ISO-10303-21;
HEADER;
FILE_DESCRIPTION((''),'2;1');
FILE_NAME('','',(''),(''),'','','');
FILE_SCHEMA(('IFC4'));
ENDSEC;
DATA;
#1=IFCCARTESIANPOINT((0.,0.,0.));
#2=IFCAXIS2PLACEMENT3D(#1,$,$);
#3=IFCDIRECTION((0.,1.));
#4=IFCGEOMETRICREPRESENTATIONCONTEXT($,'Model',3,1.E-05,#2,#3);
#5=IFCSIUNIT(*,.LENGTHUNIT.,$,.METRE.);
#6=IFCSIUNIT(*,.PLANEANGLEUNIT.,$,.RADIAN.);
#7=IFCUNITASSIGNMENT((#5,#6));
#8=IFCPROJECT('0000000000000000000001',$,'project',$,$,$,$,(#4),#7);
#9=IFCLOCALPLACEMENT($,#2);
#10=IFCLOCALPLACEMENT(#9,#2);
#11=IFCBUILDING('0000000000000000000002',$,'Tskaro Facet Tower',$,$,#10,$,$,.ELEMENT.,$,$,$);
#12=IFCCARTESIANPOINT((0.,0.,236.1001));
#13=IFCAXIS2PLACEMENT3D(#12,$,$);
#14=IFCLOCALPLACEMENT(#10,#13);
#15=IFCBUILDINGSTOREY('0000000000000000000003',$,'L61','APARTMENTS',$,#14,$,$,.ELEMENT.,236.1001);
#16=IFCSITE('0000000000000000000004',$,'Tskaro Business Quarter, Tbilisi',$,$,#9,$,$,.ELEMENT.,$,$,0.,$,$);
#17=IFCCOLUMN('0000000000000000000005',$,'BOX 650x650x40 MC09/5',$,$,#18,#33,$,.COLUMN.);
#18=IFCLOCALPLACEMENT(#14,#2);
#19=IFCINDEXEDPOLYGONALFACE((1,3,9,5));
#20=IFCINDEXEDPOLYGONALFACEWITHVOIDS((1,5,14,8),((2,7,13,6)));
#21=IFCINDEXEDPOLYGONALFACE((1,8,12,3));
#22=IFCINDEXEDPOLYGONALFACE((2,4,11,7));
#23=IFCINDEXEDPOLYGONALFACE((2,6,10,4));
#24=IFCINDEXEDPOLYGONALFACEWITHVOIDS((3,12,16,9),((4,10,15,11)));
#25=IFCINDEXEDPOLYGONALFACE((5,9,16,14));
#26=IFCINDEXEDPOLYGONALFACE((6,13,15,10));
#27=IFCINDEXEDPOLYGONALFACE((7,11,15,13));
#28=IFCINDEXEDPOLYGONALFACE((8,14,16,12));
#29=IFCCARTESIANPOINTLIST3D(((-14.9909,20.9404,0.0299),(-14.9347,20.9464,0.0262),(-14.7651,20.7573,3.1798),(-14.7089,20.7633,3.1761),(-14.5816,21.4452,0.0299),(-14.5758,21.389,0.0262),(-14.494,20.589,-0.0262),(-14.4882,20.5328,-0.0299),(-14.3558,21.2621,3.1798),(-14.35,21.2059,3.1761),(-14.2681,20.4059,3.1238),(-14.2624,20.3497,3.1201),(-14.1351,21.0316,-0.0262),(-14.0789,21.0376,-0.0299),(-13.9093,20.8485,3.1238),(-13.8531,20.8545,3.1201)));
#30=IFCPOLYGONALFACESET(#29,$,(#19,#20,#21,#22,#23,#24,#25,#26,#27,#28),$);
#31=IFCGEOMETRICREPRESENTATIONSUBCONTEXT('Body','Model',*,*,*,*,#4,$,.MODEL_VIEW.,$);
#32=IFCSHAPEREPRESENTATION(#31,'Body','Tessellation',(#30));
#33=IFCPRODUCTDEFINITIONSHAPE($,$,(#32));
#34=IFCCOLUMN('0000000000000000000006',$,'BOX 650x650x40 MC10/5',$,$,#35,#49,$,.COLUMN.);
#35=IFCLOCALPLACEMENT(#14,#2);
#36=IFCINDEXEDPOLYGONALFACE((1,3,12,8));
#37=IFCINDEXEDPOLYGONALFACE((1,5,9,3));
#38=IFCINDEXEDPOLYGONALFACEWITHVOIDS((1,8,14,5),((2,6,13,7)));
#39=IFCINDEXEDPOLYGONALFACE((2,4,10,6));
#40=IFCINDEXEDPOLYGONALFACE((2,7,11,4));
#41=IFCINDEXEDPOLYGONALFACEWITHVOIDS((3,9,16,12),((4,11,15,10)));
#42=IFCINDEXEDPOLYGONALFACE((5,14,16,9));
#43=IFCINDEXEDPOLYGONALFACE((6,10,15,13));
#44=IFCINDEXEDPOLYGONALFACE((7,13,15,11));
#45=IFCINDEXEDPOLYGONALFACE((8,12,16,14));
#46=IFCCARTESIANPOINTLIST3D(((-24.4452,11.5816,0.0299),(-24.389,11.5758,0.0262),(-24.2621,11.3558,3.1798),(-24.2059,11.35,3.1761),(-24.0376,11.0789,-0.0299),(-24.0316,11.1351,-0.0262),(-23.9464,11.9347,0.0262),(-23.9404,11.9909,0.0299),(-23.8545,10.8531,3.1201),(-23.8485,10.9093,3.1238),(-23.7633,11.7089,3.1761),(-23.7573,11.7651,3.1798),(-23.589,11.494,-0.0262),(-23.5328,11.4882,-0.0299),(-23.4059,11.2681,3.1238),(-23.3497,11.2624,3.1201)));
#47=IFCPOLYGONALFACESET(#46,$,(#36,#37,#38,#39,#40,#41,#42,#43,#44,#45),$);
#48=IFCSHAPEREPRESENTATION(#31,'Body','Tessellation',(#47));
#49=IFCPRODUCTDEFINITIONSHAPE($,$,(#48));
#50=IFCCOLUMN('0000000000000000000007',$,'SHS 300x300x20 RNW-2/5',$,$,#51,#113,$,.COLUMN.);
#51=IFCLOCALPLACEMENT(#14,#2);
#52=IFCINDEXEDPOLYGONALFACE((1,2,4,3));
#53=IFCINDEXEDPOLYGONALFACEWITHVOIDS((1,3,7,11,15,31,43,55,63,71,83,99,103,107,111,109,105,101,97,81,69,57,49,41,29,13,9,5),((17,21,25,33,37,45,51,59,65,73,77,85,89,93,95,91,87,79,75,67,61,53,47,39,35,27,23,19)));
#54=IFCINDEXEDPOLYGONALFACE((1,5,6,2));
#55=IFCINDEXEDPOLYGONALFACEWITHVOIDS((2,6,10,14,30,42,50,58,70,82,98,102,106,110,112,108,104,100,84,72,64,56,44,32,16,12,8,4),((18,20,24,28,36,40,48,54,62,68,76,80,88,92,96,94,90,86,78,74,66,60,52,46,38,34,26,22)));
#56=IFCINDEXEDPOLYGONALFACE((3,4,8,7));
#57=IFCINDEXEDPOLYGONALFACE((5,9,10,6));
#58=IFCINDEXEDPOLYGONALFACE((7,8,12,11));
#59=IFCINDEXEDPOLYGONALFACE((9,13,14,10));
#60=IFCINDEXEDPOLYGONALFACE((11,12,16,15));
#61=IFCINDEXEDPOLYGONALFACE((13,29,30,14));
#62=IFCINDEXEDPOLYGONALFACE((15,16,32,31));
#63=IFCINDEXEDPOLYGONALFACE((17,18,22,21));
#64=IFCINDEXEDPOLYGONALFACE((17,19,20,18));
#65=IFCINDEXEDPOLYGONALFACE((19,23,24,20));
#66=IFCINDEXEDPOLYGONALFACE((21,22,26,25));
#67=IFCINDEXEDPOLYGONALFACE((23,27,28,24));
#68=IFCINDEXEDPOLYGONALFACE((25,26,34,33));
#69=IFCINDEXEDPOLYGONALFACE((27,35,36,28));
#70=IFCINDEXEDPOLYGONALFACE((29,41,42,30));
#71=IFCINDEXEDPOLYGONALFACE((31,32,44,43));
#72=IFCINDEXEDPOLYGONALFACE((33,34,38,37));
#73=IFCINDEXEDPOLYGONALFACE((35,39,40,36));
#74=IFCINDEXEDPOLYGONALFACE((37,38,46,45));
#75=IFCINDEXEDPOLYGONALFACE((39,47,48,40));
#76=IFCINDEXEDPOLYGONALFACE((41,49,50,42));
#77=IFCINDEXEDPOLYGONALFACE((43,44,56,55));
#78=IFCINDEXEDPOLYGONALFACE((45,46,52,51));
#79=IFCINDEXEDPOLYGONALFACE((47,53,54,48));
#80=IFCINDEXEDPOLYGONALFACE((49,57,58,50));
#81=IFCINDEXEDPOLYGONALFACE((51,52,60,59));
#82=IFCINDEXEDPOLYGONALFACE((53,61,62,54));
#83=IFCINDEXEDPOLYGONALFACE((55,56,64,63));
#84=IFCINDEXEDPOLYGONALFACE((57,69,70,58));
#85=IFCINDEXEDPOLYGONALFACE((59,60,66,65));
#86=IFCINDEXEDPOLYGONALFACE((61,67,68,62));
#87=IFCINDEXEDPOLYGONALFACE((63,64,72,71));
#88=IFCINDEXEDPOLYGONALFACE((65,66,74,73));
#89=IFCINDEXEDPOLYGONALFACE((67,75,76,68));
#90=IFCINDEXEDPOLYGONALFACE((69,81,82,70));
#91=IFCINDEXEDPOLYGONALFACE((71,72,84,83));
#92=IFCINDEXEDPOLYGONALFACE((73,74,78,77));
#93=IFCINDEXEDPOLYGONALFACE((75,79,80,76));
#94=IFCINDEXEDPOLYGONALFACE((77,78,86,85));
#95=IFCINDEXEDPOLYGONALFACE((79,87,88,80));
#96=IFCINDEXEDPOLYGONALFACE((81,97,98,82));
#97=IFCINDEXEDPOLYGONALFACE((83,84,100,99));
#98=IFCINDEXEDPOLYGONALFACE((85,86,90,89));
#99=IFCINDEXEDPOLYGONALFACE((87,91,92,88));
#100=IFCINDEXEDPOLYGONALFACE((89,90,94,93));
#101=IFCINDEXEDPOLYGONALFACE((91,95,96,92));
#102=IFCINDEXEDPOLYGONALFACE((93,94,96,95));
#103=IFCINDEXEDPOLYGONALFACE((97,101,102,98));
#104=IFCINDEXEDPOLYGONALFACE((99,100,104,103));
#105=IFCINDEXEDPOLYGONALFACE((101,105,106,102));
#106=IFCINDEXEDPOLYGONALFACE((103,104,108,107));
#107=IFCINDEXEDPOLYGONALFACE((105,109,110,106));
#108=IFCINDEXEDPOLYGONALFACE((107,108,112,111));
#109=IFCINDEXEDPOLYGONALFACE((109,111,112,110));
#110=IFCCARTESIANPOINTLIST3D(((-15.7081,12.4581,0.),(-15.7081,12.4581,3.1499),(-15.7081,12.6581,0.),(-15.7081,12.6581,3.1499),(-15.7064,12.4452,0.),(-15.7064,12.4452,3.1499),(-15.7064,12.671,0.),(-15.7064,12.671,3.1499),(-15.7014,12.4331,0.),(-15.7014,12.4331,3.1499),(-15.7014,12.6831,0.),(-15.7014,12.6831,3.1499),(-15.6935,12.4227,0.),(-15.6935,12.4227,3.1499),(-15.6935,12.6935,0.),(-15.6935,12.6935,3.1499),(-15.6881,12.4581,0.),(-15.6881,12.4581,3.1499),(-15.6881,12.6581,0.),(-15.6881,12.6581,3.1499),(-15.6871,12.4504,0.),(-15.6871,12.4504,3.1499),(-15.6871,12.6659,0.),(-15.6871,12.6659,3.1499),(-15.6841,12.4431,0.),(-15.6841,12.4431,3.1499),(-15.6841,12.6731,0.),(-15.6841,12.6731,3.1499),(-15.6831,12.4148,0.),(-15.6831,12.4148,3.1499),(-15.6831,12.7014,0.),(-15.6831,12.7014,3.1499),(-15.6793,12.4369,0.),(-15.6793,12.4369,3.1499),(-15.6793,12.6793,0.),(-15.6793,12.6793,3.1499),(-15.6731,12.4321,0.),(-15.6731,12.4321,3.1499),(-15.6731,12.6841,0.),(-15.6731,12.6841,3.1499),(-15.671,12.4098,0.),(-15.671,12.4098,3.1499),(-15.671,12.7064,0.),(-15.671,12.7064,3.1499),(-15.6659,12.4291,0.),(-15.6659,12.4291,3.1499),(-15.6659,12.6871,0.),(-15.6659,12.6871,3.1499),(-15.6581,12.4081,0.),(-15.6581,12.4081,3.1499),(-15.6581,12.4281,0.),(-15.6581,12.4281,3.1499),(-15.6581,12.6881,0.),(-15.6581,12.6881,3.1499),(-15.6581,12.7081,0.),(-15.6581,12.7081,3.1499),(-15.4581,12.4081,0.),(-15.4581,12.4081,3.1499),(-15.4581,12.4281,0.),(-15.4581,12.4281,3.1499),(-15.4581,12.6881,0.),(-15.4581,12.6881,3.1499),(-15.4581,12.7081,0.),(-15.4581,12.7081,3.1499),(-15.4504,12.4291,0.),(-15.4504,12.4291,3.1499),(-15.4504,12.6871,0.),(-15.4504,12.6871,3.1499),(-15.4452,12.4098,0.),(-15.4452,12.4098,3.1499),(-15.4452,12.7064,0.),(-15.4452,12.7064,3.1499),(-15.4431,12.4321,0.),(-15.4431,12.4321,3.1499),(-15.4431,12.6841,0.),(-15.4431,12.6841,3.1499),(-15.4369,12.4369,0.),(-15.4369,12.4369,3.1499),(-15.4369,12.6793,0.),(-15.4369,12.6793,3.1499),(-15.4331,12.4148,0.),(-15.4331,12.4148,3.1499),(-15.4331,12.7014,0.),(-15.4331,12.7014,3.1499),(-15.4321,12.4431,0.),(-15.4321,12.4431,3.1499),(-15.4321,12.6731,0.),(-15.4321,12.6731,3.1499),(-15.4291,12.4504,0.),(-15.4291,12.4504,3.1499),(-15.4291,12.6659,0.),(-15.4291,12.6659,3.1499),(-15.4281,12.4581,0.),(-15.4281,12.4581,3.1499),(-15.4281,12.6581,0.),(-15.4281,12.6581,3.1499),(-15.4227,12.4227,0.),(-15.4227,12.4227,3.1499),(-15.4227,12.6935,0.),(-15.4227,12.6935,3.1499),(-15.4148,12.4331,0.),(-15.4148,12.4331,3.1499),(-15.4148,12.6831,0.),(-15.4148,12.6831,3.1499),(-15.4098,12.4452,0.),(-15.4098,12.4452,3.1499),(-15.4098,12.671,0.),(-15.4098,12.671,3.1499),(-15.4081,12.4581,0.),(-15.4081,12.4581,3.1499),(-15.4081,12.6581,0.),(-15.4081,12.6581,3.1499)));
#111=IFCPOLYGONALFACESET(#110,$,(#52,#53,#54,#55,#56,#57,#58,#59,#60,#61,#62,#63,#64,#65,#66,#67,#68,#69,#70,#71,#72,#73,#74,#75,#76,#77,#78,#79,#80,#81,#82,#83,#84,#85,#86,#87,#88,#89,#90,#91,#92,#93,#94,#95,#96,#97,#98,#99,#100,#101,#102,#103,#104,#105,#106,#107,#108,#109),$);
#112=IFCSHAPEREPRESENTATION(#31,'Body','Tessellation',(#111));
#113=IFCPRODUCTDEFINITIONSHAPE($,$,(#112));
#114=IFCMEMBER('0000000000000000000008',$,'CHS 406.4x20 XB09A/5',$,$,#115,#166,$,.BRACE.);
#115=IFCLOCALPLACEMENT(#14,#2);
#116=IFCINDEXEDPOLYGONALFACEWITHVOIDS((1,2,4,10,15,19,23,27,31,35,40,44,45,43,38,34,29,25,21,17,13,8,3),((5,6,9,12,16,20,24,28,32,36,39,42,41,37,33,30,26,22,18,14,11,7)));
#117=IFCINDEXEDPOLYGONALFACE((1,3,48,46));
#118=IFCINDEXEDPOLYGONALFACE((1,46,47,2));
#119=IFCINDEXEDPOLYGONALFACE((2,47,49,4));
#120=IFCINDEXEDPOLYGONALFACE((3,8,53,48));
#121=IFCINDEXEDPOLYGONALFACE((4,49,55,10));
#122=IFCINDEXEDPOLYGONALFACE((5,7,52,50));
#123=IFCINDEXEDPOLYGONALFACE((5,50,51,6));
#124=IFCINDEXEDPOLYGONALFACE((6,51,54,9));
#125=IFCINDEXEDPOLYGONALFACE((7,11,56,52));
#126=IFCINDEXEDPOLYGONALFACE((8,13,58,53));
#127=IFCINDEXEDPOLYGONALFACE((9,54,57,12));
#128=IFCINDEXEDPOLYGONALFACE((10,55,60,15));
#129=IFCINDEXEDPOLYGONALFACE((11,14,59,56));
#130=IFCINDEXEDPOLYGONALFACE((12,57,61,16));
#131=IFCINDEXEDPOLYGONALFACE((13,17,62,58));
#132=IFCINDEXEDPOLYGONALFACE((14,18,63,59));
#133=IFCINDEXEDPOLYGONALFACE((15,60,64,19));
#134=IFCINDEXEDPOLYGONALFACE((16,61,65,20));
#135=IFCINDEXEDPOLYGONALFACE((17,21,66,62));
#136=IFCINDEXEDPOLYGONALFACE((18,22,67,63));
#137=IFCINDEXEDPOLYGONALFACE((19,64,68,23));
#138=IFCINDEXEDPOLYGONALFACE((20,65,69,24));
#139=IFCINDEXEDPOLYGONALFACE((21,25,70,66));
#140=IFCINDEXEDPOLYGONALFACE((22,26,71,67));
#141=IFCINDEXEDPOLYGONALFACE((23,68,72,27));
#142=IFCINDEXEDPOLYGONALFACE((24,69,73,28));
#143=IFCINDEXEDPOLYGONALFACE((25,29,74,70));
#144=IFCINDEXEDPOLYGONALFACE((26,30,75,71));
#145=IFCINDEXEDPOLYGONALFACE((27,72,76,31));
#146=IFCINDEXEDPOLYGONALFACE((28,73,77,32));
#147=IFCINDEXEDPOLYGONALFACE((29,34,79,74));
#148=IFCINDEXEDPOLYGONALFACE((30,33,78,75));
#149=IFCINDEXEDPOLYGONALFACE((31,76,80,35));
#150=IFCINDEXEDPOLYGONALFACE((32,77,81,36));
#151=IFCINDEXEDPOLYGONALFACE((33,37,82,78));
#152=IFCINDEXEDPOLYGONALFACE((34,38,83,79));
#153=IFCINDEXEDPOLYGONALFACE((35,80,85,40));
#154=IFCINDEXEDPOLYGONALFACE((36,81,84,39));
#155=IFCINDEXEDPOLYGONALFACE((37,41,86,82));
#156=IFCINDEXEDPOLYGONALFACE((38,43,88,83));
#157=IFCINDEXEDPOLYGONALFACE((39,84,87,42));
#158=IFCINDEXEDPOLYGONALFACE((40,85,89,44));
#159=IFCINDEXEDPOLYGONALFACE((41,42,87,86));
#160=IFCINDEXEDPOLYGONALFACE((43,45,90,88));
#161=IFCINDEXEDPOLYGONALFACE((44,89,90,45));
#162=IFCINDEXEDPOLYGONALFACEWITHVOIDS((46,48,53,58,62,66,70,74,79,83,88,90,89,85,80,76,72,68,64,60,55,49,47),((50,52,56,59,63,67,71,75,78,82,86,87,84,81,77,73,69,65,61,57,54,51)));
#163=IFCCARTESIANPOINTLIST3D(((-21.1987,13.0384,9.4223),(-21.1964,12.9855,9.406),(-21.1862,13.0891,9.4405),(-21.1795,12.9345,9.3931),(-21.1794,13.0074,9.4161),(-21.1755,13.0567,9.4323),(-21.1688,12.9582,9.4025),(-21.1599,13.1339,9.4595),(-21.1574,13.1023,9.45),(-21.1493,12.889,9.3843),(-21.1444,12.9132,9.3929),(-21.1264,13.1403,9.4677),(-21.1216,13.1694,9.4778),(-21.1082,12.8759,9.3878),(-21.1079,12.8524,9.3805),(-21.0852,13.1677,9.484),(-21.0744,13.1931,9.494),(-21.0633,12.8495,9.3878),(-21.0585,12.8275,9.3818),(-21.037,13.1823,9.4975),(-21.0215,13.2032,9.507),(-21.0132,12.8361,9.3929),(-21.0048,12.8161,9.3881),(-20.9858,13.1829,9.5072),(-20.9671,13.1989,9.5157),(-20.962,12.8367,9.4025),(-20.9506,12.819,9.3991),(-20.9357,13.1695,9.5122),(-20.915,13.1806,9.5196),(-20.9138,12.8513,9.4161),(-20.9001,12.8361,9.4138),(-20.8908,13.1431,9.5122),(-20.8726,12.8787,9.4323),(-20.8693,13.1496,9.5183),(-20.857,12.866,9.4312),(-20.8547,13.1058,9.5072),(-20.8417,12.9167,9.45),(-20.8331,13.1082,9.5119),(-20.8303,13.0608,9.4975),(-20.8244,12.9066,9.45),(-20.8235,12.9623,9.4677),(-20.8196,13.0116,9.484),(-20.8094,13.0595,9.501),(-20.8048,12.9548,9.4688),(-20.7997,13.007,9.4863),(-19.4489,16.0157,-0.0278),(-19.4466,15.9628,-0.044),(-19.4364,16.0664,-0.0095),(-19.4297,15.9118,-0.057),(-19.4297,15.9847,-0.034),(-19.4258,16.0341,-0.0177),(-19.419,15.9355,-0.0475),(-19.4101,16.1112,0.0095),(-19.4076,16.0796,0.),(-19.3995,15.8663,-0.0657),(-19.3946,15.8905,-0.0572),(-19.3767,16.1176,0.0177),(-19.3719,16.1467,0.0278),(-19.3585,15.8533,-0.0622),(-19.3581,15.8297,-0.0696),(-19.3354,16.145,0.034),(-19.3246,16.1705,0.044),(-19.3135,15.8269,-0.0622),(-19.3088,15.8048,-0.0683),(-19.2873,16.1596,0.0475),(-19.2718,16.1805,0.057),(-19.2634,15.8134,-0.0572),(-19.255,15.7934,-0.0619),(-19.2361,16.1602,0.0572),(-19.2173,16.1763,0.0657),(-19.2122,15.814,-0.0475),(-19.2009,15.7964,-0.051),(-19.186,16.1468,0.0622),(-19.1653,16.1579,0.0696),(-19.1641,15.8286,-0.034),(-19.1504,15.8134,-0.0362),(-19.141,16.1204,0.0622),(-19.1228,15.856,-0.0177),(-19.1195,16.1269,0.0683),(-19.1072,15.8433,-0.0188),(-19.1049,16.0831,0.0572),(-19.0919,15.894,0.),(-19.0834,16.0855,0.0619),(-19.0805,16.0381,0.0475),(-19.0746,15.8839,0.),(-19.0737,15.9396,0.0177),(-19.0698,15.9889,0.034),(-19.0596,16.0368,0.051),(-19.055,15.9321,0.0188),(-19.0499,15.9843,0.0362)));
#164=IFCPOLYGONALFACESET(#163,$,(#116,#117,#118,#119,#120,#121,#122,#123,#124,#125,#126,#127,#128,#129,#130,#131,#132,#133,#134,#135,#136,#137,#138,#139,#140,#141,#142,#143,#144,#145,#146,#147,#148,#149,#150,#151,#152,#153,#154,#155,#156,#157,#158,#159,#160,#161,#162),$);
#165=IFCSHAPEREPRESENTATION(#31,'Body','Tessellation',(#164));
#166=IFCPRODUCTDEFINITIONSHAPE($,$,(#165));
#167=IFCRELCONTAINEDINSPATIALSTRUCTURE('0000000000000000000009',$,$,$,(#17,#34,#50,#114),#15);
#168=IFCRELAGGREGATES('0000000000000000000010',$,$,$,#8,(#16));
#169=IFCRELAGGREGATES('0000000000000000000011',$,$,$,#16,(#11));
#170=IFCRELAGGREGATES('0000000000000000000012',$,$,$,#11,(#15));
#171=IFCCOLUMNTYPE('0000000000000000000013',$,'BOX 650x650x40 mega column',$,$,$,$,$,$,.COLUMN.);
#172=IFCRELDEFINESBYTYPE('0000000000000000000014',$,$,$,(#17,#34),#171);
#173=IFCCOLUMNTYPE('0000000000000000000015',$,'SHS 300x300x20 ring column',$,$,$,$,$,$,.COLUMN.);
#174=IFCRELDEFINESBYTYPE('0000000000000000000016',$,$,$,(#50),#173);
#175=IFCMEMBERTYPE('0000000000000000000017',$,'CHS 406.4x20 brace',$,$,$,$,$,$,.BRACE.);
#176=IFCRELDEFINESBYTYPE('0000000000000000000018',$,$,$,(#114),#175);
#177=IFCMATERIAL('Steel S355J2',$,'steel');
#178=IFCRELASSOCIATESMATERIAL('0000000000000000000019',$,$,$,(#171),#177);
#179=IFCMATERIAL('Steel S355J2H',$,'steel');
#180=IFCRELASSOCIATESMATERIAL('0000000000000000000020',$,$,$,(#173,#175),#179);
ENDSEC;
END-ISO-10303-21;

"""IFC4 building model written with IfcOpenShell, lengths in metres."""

from ifc_helpers import new_model, si_unit, direction, frame, origin, origin_2d, place, context, subcontext, project, spatial, hollow_rectangle, hollow_circle, extrude, material, material_profile, profile_set, type_object, element, save


model = new_model("IFC4")

# Units and contexts
model_context = context("Model", 3, precision=1e-05, world=origin(), true_north=direction((0.0, 1.0)))
body_context = subcontext(model_context, "Body", "Model", "MODEL_VIEW")
ifc_project = project(units=[si_unit("LENGTHUNIT", "METRE"), si_unit("PLANEANGLEUNIT", "RADIAN")], contexts=[model_context])

# Site, building, storey
site_placement = place(None, origin())
site = spatial("IfcSite", under=ifc_project, at=site_placement, Name="Tskaro Business Quarter, Tbilisi", CompositionType="ELEMENT", RefElevation=0.0)
building_placement = place(site_placement, origin())
building = spatial("IfcBuilding", under=site, at=building_placement, Name="Tskaro Facet Tower", CompositionType="ELEMENT")
storey_placement = place(building_placement, frame((0.0, 0.0, 236.1001)))
storey = spatial("IfcBuildingStorey", under=building, at=storey_placement, Name="L61", Description="APARTMENTS", CompositionType="ELEMENT", Elevation=236.1001)

# Columns
ifc_material_1 = material(Name="Steel S355J2", Category="steel")
ifc_material_profile_1 = material_profile(ifc_material_1, hollow_rectangle(XDim=0.6499, YDim=0.6499, WallThickness=0.04, at=origin_2d()), Name="BOX 650x650x40")
ifc_profile_set_1 = profile_set([ifc_material_profile_1], Name="Steel S355J2")
column_type_1 = type_object("IfcColumnType", Name="BOX 650x650x40 mega column", PredefinedType="COLUMN", material=ifc_profile_set_1)
for number, where, z_axis, x_axis, name in (
    (1, (-14.5349, 20.989, 0.0), (0.071391, -0.057884, 0.995767), (0.629802, 0.776756, 0.0), "BOX 650x650x40 MC09/5"),
    (2, (-23.989, 11.5349, 0.0), (0.057884, -0.071391, 0.995767), (0.776756, 0.629802, 0.0), "BOX 650x650x40 MC10/5"),
):
    element("IfcColumn", number, at=place(storey_placement, frame(where, z_axis=z_axis, x_axis=x_axis)), inside=storey, type_object=column_type_1, Name=name, PredefinedType="COLUMN", context=body_context, shape_type="SweptSolid", body=[
        extrude(hollow_rectangle(XDim=0.6499, YDim=0.6499, WallThickness=0.04, at=origin_2d()), origin(), (0.0, 0.0, 1.0), 3.1633),
    ])
ifc_material_2 = material(Name="Steel S355J2H", Category="steel")
ifc_material_profile_2 = material_profile(ifc_material_2, hollow_rectangle(XDim=0.3, YDim=0.3, WallThickness=0.02, InnerFilletRadius=0.03, OuterFilletRadius=0.05, at=origin_2d()), Name="SHS 300x300x20")
ifc_profile_set_2 = profile_set([ifc_material_profile_2], Name="Steel S355J2H")
column_type_2 = type_object("IfcColumnType", Name="SHS 300x300x20 ring column", PredefinedType="COLUMN", material=ifc_profile_set_2)
column_placement = place(storey_placement, frame((-15.5581, 12.5581, 0.0), z_axis=(0.0, 0.0, 1.0), x_axis=(1.0, 0.0, 0.0)))
element("IfcColumn", 3, at=column_placement, inside=storey, type_object=column_type_2, Name="SHS 300x300x20 RNW-2/5", PredefinedType="COLUMN", context=body_context, shape_type="SweptSolid", body=[
    extrude(hollow_rectangle(XDim=0.3, YDim=0.3, WallThickness=0.02, InnerFilletRadius=0.03, OuterFilletRadius=0.05, at=origin_2d()), origin(), (0.0, 0.0, 1.0), 3.1499),
])

# Member
ifc_material_profile_3 = material_profile(ifc_material_2, hollow_circle(Radius=0.2031, WallThickness=0.02, at=origin_2d()), Name="CHS 406.4x20")
ifc_profile_set_3 = profile_set([ifc_material_profile_3], Name="Steel S355J2H")
member_type_1 = type_object("IfcMemberType", Name="CHS 406.4x20 brace", PredefinedType="BRACE", material=ifc_profile_set_3)
for number, where, z_axis, x_axis, name in (
    (4, (-19.2498, 15.9868, 0.0), (-0.173911, -0.295919, 0.939248), (0.862136, -0.506677, 0.0), "CHS 406.4x20 XB09A/5"),
):
    element("IfcMember", number, at=place(storey_placement, frame(where, z_axis=z_axis, x_axis=x_axis)), inside=storey, type_object=member_type_1, Name=name, PredefinedType="BRACE", context=body_context, shape_type="SweptSolid", body=[
        extrude(hollow_circle(Radius=0.2031, WallThickness=0.02, at=origin_2d()), origin(), (0.0, 0.0, 1.0), 10.0613),
    ])

save(model, "model.ifc")
